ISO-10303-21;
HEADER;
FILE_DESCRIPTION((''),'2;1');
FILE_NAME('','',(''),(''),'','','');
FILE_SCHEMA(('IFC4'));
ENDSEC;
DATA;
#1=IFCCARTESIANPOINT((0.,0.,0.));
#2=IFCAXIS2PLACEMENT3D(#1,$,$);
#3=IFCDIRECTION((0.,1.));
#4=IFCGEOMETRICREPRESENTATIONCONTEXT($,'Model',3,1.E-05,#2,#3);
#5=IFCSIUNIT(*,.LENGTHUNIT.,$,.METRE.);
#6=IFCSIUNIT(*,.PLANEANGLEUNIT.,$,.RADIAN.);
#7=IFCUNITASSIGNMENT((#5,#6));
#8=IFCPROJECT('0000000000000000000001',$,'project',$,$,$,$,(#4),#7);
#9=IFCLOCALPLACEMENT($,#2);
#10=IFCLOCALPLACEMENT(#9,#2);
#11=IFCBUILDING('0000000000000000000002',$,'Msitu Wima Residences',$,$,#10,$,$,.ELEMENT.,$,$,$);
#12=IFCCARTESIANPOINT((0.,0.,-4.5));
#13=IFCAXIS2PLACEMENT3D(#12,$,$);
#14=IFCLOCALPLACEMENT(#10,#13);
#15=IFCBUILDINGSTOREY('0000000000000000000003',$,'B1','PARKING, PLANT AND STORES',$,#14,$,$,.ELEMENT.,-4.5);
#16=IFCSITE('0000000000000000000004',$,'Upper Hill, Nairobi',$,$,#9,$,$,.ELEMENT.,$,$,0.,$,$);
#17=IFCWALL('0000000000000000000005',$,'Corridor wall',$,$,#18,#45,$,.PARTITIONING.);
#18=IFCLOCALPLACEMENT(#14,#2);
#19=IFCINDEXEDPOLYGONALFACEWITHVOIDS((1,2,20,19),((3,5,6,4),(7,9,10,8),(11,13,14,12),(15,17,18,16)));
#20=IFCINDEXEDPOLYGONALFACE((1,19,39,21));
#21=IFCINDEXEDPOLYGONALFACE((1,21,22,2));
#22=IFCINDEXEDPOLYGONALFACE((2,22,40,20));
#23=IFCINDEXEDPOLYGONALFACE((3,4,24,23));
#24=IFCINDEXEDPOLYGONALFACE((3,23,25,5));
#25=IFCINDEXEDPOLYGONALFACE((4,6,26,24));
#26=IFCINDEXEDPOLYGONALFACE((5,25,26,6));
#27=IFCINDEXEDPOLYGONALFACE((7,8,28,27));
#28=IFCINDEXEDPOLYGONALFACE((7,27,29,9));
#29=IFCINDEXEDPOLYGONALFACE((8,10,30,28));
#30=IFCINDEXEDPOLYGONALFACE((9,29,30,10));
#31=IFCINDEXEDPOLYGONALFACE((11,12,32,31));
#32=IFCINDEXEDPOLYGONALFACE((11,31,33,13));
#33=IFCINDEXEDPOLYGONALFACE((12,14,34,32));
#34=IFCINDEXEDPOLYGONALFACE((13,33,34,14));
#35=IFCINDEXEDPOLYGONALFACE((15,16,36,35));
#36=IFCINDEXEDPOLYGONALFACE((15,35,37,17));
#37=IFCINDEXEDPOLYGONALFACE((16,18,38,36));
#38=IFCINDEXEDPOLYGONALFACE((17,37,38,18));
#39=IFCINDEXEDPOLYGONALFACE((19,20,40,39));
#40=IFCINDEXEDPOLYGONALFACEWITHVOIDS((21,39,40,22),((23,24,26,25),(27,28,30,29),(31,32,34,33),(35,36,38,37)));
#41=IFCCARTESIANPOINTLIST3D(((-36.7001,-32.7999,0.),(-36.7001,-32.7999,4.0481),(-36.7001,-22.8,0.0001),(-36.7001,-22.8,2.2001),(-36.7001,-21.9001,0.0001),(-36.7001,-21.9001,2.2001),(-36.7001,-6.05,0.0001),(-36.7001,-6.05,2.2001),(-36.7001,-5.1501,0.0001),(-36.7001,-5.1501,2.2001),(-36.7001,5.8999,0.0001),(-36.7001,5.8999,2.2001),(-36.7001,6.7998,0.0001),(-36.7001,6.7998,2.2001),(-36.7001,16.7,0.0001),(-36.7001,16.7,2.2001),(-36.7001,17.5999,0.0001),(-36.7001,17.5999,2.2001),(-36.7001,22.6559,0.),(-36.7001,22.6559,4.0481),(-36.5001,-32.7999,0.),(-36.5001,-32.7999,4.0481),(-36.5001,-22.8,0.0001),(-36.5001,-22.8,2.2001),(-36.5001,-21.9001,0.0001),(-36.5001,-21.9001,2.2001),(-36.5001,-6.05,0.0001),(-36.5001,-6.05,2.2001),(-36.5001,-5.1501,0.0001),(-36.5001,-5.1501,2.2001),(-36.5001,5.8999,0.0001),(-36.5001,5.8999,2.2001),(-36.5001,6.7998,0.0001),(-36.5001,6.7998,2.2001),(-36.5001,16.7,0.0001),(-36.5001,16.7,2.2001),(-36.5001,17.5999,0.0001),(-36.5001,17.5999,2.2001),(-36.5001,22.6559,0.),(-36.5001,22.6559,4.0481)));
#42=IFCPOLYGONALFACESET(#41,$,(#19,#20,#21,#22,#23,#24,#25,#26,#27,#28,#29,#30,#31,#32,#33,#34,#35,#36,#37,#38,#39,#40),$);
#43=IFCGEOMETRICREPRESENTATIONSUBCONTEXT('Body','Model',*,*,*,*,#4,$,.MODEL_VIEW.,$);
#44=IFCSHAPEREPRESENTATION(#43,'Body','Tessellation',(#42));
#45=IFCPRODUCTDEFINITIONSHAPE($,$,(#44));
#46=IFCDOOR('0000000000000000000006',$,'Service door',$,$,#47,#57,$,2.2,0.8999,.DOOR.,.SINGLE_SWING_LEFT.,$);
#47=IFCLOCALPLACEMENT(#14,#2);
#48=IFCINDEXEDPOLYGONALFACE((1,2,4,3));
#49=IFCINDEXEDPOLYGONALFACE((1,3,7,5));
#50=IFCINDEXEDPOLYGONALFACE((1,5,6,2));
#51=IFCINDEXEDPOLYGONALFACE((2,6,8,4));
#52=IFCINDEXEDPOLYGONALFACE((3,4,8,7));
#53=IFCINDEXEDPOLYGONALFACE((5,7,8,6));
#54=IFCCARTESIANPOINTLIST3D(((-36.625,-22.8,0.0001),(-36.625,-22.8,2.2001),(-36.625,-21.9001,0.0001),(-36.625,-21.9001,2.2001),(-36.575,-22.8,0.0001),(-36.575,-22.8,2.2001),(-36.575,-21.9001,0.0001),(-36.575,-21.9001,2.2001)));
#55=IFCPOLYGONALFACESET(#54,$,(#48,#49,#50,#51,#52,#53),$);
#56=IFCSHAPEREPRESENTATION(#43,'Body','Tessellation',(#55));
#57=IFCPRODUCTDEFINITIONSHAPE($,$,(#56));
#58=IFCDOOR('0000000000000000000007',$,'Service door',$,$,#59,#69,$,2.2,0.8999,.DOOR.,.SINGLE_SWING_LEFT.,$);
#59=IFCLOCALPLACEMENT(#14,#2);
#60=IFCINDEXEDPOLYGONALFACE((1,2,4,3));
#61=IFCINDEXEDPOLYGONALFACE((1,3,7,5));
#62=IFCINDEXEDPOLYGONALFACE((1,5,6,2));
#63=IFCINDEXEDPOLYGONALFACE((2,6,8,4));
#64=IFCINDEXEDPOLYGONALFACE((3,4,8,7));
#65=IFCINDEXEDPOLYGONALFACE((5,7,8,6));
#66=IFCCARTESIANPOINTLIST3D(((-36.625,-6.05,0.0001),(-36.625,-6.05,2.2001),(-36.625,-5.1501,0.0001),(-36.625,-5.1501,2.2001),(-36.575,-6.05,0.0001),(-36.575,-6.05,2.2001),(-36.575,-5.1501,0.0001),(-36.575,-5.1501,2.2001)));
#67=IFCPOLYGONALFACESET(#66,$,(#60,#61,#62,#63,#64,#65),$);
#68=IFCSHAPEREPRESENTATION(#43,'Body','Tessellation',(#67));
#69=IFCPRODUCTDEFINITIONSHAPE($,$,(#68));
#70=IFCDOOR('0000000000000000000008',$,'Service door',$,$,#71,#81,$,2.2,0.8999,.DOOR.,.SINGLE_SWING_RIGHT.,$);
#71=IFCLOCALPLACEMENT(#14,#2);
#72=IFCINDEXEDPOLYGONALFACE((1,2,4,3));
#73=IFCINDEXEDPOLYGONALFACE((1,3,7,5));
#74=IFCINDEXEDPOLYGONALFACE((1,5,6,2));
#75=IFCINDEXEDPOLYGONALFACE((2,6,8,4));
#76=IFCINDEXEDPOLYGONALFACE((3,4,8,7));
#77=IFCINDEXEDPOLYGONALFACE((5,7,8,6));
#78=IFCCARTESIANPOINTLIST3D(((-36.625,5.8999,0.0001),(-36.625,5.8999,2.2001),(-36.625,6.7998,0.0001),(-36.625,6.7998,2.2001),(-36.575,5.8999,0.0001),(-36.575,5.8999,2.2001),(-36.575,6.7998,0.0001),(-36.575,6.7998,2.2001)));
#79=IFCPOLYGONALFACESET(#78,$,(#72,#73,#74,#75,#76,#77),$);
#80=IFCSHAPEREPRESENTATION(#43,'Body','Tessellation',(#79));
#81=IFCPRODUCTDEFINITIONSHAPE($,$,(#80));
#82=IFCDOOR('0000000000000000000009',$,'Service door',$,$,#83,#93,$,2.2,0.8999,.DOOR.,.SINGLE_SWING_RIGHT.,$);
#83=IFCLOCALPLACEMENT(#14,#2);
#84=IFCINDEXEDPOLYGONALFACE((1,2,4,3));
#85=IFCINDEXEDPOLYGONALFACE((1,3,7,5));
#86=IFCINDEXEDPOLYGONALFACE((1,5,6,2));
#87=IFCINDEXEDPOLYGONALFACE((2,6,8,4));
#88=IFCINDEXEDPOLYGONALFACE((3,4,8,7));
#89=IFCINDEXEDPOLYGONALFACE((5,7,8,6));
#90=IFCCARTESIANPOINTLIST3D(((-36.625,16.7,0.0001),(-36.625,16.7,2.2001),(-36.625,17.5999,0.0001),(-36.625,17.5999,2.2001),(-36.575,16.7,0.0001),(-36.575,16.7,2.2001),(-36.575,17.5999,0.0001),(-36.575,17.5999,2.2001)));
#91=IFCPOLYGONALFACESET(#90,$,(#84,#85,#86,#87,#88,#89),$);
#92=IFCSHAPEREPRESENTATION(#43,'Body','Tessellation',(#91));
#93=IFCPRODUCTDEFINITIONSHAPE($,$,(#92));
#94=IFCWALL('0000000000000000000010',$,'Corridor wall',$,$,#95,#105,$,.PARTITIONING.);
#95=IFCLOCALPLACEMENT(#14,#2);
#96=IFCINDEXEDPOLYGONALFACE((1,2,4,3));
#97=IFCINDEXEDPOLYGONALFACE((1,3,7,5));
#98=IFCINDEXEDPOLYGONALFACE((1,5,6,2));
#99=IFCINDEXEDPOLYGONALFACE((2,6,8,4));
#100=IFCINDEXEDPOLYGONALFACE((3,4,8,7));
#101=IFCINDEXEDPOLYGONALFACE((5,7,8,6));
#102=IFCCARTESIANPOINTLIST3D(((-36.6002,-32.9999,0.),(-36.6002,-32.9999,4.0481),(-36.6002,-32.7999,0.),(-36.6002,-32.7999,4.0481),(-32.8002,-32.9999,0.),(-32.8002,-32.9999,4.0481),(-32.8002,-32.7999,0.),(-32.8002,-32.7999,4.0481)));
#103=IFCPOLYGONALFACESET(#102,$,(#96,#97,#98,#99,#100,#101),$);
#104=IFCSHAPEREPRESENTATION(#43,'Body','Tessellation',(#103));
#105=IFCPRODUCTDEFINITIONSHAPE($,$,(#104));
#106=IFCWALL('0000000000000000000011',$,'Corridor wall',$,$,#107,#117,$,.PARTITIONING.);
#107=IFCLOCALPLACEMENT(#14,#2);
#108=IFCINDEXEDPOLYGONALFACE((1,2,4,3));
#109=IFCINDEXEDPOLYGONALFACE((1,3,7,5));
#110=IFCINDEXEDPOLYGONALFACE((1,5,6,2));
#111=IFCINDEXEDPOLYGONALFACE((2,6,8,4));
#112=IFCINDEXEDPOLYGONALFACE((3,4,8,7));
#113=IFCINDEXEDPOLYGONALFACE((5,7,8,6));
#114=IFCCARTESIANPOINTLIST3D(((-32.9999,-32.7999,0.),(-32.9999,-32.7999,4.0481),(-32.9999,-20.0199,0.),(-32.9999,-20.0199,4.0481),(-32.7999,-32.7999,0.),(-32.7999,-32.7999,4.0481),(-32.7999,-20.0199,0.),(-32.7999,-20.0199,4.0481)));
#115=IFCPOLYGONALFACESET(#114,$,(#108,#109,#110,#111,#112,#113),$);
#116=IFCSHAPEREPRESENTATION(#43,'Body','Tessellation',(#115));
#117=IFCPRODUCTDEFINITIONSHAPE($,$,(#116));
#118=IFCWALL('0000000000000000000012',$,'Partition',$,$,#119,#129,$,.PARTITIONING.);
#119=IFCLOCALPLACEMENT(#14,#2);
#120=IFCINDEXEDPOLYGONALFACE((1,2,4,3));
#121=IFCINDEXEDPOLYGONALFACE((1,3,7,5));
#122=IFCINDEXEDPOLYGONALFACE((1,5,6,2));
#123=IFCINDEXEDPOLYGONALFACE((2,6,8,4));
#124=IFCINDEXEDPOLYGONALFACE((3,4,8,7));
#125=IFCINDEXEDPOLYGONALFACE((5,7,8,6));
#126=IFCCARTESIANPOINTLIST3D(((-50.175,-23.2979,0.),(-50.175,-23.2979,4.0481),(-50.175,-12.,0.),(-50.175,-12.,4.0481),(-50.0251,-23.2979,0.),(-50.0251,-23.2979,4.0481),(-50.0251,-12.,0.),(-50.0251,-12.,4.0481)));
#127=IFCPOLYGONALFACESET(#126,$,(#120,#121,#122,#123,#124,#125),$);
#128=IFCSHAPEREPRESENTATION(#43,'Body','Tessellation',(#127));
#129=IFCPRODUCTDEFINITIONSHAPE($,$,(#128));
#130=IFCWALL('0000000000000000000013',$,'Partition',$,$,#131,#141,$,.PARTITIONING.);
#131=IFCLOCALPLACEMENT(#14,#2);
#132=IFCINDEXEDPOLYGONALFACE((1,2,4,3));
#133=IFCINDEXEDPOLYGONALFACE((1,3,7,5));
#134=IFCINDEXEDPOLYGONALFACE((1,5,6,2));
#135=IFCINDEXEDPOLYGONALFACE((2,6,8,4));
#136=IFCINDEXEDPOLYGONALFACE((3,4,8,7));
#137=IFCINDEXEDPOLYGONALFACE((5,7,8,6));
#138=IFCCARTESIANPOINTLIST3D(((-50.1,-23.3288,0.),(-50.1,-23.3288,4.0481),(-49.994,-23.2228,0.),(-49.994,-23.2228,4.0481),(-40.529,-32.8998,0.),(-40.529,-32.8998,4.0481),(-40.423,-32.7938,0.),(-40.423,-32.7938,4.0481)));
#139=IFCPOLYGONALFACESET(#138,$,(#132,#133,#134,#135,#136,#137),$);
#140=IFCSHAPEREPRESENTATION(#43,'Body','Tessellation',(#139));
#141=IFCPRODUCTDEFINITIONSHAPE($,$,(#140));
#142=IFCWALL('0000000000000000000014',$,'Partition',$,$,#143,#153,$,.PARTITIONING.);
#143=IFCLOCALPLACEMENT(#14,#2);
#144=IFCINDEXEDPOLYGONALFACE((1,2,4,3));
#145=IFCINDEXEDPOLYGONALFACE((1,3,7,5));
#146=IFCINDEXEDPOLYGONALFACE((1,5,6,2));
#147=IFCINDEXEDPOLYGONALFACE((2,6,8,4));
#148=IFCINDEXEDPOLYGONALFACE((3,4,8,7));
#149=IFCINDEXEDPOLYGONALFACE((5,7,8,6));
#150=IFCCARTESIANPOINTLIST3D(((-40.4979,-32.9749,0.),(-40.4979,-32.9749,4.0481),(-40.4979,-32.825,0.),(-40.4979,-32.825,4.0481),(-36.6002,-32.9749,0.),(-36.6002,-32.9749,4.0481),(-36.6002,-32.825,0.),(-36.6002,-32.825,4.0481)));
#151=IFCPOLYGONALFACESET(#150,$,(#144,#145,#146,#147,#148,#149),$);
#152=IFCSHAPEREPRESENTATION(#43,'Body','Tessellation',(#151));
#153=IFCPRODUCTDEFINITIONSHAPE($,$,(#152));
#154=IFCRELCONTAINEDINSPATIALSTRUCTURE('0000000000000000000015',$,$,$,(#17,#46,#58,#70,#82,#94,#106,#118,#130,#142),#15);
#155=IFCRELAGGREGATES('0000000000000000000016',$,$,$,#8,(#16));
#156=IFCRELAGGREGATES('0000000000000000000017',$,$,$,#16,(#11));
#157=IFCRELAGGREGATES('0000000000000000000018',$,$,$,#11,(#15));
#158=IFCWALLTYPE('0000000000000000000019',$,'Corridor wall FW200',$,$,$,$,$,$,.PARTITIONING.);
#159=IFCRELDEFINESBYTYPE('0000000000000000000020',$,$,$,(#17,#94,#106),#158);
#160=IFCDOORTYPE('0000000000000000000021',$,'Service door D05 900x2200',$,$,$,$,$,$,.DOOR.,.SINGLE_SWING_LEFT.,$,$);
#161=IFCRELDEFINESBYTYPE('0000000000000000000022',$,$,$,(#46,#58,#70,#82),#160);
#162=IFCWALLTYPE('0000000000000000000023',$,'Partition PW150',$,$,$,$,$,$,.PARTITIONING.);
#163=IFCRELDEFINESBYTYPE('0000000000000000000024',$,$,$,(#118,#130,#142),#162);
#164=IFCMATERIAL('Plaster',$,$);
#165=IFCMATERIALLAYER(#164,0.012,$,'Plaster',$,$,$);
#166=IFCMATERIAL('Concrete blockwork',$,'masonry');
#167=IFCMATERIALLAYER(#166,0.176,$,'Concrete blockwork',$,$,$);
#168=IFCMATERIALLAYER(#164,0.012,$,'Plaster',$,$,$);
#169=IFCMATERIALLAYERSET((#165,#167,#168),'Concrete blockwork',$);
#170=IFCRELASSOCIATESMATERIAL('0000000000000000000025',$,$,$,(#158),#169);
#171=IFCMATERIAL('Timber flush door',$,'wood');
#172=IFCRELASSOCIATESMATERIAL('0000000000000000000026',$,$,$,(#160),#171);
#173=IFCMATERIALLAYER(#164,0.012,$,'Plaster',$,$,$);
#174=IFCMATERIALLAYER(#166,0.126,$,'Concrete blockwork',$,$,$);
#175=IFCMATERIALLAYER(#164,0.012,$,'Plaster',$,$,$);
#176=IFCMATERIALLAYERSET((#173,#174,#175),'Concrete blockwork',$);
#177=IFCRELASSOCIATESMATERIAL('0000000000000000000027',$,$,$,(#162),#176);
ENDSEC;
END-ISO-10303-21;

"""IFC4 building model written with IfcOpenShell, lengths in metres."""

from ifc_helpers import new_model, si_unit, direction, frame, frame_2d, origin, place, context, subcontext, project, spatial, rectangle, extrude, material, layer, layer_set, type_object, element, fill, save


model = new_model("IFC4")

# Units and contexts
model_context = context("Model", 3, precision=1e-05, world=origin(), true_north=direction((0.0, 1.0)))
body_context = subcontext(model_context, "Body", "Model", "MODEL_VIEW")
ifc_project = project(units=[si_unit("LENGTHUNIT", "METRE"), si_unit("PLANEANGLEUNIT", "RADIAN")], contexts=[model_context])

# Site, building, storey
site_placement = place(None, origin())
site = spatial("IfcSite", under=ifc_project, at=site_placement, Name="Upper Hill, Nairobi", CompositionType="ELEMENT", RefElevation=0.0)
building_placement = place(site_placement, origin())
building = spatial("IfcBuilding", under=site, at=building_placement, Name="Msitu Wima Residences", CompositionType="ELEMENT")
storey_placement = place(building_placement, frame((0.0, 0.0, -4.5)))
storey = spatial("IfcBuildingStorey", under=building, at=storey_placement, Name="B1", Description="PARKING, PLANT AND STORES", CompositionType="ELEMENT", Elevation=-4.5)

# Wall, openings, doors
ifc_material_1 = material(Name="Plaster")
ifc_layer_1 = layer(ifc_material_1, 0.012, Name="Plaster")
ifc_material_2 = material(Name="Concrete blockwork", Category="masonry")
ifc_layer_2 = layer(ifc_material_2, 0.176, Name="Concrete blockwork")
ifc_layer_3 = layer(ifc_material_1, 0.012, Name="Plaster")
ifc_layer_set_1 = layer_set([ifc_layer_1, ifc_layer_2, ifc_layer_3], Name="Concrete blockwork")
wall_type_1 = type_object("IfcWallType", Name="Corridor wall FW200", PredefinedType="PARTITIONING", material=ifc_layer_set_1)
wall_1_placement = place(storey_placement, frame((-36.6001, -32.8, 0.0), z_axis=(0.0, 0.0, 1.0), x_axis=(0.0, 1.0, 0.0)))
wall_1 = element("IfcWall", 1, at=wall_1_placement, inside=storey, type_object=wall_type_1, Name="Corridor wall", PredefinedType="PARTITIONING", context=body_context, shape_type="SweptSolid", body=[
    extrude(rectangle(XDim=55.4558, YDim=0.2, at=frame_2d((27.728, 0.0))), origin(), (0.0, 0.0, 1.0), 4.0481),
])
opening_1_placement = place(wall_1_placement, frame((10.0, 0.0, 0.0)))
opening_1 = element("IfcOpeningElement", 2, at=opening_1_placement, cuts=wall_1, PredefinedType="OPENING", context=body_context, shape_type="SweptSolid", body=[
    extrude(rectangle(XDim=0.8999, YDim=2.2, at=frame_2d((0.45, 1.1001))), frame((0.0, 0.1099, 0.0), z_axis=(0.0, -1.0, 0.0), x_axis=(1.0, 0.0, 0.0)), (0.0, 0.0, 1.0), 0.22),
])
opening_2_placement = place(wall_1_placement, frame((26.75, 0.0, 0.0)))
opening_2 = element("IfcOpeningElement", 3, at=opening_2_placement, cuts=wall_1, PredefinedType="OPENING", context=body_context, shape_type="SweptSolid", body=[
    extrude(rectangle(XDim=0.8999, YDim=2.2, at=frame_2d((0.45, 1.1001))), frame((0.0, 0.1099, 0.0), z_axis=(0.0, -1.0, 0.0), x_axis=(1.0, 0.0, 0.0)), (0.0, 0.0, 1.0), 0.22),
])
opening_3_placement = place(wall_1_placement, frame((38.7, 0.0, 0.0)))
opening_3 = element("IfcOpeningElement", 4, at=opening_3_placement, cuts=wall_1, PredefinedType="OPENING", context=body_context, shape_type="SweptSolid", body=[
    extrude(rectangle(XDim=0.8999, YDim=2.2, at=frame_2d((0.45, 1.1001))), frame((0.0, 0.1099, 0.0), z_axis=(0.0, -1.0, 0.0), x_axis=(1.0, 0.0, 0.0)), (0.0, 0.0, 1.0), 0.22),
])
opening_4_placement = place(wall_1_placement, frame((49.5, 0.0, 0.0)))
opening_4 = element("IfcOpeningElement", 5, at=opening_4_placement, cuts=wall_1, PredefinedType="OPENING", context=body_context, shape_type="SweptSolid", body=[
    extrude(rectangle(XDim=0.8999, YDim=2.2, at=frame_2d((0.45, 1.1001))), frame((0.0, 0.1099, 0.0), z_axis=(0.0, -1.0, 0.0), x_axis=(1.0, 0.0, 0.0)), (0.0, 0.0, 1.0), 0.22),
])
ifc_material_3 = material(Name="Timber flush door", Category="wood")
door_type = type_object("IfcDoorType", Name="Service door D05 900x2200", OperationType="SINGLE_SWING_LEFT", PredefinedType="DOOR", material=ifc_material_3)
door_1_placement = place(opening_1_placement, origin())
door_1 = element("IfcDoor", 6, at=door_1_placement, inside=storey, type_object=door_type, Name="Service door", OperationType="SINGLE_SWING_LEFT", OverallHeight=2.2, OverallWidth=0.8999, PredefinedType="DOOR", context=body_context, shape_type="SweptSolid", body=[
    extrude(rectangle(XDim=0.8999, YDim=2.2, at=frame_2d((0.45, 1.1001))), frame((0.0, 0.0249, 0.0), z_axis=(0.0, -1.0, 0.0), x_axis=(1.0, 0.0, 0.0)), (0.0, 0.0, 1.0), 0.05),
])
fill(opening_1, door_1)
door_2_placement = place(opening_2_placement, origin())
door_2 = element("IfcDoor", 7, at=door_2_placement, inside=storey, type_object=door_type, Name="Service door", OperationType="SINGLE_SWING_LEFT", OverallHeight=2.2, OverallWidth=0.8999, PredefinedType="DOOR", context=body_context, shape_type="SweptSolid", body=[
    extrude(rectangle(XDim=0.8999, YDim=2.2, at=frame_2d((0.45, 1.1001))), frame((0.0, 0.0249, 0.0), z_axis=(0.0, -1.0, 0.0), x_axis=(1.0, 0.0, 0.0)), (0.0, 0.0, 1.0), 0.05),
])
fill(opening_2, door_2)
door_3_placement = place(opening_3_placement, origin())
door_3 = element("IfcDoor", 8, at=door_3_placement, inside=storey, type_object=door_type, Name="Service door", OperationType="SINGLE_SWING_RIGHT", OverallHeight=2.2, OverallWidth=0.8999, PredefinedType="DOOR", context=body_context, shape_type="SweptSolid", body=[
    extrude(rectangle(XDim=0.8999, YDim=2.2, at=frame_2d((0.45, 1.1001))), frame((0.0, 0.0249, 0.0), z_axis=(0.0, -1.0, 0.0), x_axis=(1.0, 0.0, 0.0)), (0.0, 0.0, 1.0), 0.05),
])
fill(opening_3, door_3)
door_4_placement = place(opening_4_placement, origin())
door_4 = element("IfcDoor", 9, at=door_4_placement, inside=storey, type_object=door_type, Name="Service door", OperationType="SINGLE_SWING_RIGHT", OverallHeight=2.2, OverallWidth=0.8999, PredefinedType="DOOR", context=body_context, shape_type="SweptSolid", body=[
    extrude(rectangle(XDim=0.8999, YDim=2.2, at=frame_2d((0.45, 1.1001))), frame((0.0, 0.0249, 0.0), z_axis=(0.0, -1.0, 0.0), x_axis=(1.0, 0.0, 0.0)), (0.0, 0.0, 1.0), 0.05),
])
fill(opening_4, door_4)

# Walls
wall_2_placement = place(storey_placement, frame((-36.6001, -32.8999, 0.0), z_axis=(0.0, 0.0, 1.0), x_axis=(1.0, 0.0, 0.0)))
element("IfcWall", 10, at=wall_2_placement, inside=storey, type_object=wall_type_1, Name="Corridor wall", PredefinedType="PARTITIONING", context=body_context, shape_type="SweptSolid", body=[
    extrude(rectangle(XDim=3.8, YDim=0.2, at=frame_2d((1.8999, 0.0))), origin(), (0.0, 0.0, 1.0), 4.0481),
])
wall_3_placement = place(storey_placement, frame((-32.8999, -32.8, 0.0), z_axis=(0.0, 0.0, 1.0), x_axis=(0.0, 1.0, 0.0)))
element("IfcWall", 11, at=wall_3_placement, inside=storey, type_object=wall_type_1, Name="Corridor wall", PredefinedType="PARTITIONING", context=body_context, shape_type="SweptSolid", body=[
    extrude(rectangle(XDim=12.78, YDim=0.2, at=frame_2d((6.3901, 0.0))), origin(), (0.0, 0.0, 1.0), 4.0481),
])
ifc_layer_4 = layer(ifc_material_1, 0.012, Name="Plaster")
ifc_layer_5 = layer(ifc_material_2, 0.126, Name="Concrete blockwork")
ifc_layer_6 = layer(ifc_material_1, 0.012, Name="Plaster")
ifc_layer_set_2 = layer_set([ifc_layer_4, ifc_layer_5, ifc_layer_6], Name="Concrete blockwork")
wall_type_2 = type_object("IfcWallType", Name="Partition PW150", PredefinedType="PARTITIONING", material=ifc_layer_set_2)
wall_4_placement = place(storey_placement, frame((-50.1001, -23.2979, 0.0), z_axis=(0.0, 0.0, 1.0), x_axis=(0.0, 1.0, 0.0)))
element("IfcWall", 12, at=wall_4_placement, inside=storey, type_object=wall_type_2, Name="Partition", PredefinedType="PARTITIONING", context=body_context, shape_type="SweptSolid", body=[
    extrude(rectangle(XDim=11.2979, YDim=0.1499, at=frame_2d((5.6489, 0.0))), origin(), (0.0, 0.0, 1.0), 4.0481),
])
wall_5_placement = place(storey_placement, frame((-50.0469, -23.2759, 0.0), z_axis=(0.0, 0.0, 1.0), x_axis=(0.707107, -0.707107, 0.0)))
element("IfcWall", 13, at=wall_5_placement, inside=storey, type_object=wall_type_2, Name="Partition", PredefinedType="PARTITIONING", context=body_context, shape_type="SweptSolid", body=[
    extrude(rectangle(XDim=13.5354, YDim=0.1499, at=frame_2d((6.7676, 0.0))), origin(), (0.0, 0.0, 1.0), 4.0481),
])
wall_6_placement = place(storey_placement, frame((-40.4978, -32.8999, 0.0), z_axis=(0.0, 0.0, 1.0), x_axis=(1.0, 0.0, 0.0)))
element("IfcWall", 14, at=wall_6_placement, inside=storey, type_object=wall_type_2, Name="Partition", PredefinedType="PARTITIONING", context=body_context, shape_type="SweptSolid", body=[
    extrude(rectangle(XDim=3.8977, YDim=0.1499, at=frame_2d((1.9487, 0.0))), origin(), (0.0, 0.0, 1.0), 4.0481),
])

save(model, "model.ifc")
